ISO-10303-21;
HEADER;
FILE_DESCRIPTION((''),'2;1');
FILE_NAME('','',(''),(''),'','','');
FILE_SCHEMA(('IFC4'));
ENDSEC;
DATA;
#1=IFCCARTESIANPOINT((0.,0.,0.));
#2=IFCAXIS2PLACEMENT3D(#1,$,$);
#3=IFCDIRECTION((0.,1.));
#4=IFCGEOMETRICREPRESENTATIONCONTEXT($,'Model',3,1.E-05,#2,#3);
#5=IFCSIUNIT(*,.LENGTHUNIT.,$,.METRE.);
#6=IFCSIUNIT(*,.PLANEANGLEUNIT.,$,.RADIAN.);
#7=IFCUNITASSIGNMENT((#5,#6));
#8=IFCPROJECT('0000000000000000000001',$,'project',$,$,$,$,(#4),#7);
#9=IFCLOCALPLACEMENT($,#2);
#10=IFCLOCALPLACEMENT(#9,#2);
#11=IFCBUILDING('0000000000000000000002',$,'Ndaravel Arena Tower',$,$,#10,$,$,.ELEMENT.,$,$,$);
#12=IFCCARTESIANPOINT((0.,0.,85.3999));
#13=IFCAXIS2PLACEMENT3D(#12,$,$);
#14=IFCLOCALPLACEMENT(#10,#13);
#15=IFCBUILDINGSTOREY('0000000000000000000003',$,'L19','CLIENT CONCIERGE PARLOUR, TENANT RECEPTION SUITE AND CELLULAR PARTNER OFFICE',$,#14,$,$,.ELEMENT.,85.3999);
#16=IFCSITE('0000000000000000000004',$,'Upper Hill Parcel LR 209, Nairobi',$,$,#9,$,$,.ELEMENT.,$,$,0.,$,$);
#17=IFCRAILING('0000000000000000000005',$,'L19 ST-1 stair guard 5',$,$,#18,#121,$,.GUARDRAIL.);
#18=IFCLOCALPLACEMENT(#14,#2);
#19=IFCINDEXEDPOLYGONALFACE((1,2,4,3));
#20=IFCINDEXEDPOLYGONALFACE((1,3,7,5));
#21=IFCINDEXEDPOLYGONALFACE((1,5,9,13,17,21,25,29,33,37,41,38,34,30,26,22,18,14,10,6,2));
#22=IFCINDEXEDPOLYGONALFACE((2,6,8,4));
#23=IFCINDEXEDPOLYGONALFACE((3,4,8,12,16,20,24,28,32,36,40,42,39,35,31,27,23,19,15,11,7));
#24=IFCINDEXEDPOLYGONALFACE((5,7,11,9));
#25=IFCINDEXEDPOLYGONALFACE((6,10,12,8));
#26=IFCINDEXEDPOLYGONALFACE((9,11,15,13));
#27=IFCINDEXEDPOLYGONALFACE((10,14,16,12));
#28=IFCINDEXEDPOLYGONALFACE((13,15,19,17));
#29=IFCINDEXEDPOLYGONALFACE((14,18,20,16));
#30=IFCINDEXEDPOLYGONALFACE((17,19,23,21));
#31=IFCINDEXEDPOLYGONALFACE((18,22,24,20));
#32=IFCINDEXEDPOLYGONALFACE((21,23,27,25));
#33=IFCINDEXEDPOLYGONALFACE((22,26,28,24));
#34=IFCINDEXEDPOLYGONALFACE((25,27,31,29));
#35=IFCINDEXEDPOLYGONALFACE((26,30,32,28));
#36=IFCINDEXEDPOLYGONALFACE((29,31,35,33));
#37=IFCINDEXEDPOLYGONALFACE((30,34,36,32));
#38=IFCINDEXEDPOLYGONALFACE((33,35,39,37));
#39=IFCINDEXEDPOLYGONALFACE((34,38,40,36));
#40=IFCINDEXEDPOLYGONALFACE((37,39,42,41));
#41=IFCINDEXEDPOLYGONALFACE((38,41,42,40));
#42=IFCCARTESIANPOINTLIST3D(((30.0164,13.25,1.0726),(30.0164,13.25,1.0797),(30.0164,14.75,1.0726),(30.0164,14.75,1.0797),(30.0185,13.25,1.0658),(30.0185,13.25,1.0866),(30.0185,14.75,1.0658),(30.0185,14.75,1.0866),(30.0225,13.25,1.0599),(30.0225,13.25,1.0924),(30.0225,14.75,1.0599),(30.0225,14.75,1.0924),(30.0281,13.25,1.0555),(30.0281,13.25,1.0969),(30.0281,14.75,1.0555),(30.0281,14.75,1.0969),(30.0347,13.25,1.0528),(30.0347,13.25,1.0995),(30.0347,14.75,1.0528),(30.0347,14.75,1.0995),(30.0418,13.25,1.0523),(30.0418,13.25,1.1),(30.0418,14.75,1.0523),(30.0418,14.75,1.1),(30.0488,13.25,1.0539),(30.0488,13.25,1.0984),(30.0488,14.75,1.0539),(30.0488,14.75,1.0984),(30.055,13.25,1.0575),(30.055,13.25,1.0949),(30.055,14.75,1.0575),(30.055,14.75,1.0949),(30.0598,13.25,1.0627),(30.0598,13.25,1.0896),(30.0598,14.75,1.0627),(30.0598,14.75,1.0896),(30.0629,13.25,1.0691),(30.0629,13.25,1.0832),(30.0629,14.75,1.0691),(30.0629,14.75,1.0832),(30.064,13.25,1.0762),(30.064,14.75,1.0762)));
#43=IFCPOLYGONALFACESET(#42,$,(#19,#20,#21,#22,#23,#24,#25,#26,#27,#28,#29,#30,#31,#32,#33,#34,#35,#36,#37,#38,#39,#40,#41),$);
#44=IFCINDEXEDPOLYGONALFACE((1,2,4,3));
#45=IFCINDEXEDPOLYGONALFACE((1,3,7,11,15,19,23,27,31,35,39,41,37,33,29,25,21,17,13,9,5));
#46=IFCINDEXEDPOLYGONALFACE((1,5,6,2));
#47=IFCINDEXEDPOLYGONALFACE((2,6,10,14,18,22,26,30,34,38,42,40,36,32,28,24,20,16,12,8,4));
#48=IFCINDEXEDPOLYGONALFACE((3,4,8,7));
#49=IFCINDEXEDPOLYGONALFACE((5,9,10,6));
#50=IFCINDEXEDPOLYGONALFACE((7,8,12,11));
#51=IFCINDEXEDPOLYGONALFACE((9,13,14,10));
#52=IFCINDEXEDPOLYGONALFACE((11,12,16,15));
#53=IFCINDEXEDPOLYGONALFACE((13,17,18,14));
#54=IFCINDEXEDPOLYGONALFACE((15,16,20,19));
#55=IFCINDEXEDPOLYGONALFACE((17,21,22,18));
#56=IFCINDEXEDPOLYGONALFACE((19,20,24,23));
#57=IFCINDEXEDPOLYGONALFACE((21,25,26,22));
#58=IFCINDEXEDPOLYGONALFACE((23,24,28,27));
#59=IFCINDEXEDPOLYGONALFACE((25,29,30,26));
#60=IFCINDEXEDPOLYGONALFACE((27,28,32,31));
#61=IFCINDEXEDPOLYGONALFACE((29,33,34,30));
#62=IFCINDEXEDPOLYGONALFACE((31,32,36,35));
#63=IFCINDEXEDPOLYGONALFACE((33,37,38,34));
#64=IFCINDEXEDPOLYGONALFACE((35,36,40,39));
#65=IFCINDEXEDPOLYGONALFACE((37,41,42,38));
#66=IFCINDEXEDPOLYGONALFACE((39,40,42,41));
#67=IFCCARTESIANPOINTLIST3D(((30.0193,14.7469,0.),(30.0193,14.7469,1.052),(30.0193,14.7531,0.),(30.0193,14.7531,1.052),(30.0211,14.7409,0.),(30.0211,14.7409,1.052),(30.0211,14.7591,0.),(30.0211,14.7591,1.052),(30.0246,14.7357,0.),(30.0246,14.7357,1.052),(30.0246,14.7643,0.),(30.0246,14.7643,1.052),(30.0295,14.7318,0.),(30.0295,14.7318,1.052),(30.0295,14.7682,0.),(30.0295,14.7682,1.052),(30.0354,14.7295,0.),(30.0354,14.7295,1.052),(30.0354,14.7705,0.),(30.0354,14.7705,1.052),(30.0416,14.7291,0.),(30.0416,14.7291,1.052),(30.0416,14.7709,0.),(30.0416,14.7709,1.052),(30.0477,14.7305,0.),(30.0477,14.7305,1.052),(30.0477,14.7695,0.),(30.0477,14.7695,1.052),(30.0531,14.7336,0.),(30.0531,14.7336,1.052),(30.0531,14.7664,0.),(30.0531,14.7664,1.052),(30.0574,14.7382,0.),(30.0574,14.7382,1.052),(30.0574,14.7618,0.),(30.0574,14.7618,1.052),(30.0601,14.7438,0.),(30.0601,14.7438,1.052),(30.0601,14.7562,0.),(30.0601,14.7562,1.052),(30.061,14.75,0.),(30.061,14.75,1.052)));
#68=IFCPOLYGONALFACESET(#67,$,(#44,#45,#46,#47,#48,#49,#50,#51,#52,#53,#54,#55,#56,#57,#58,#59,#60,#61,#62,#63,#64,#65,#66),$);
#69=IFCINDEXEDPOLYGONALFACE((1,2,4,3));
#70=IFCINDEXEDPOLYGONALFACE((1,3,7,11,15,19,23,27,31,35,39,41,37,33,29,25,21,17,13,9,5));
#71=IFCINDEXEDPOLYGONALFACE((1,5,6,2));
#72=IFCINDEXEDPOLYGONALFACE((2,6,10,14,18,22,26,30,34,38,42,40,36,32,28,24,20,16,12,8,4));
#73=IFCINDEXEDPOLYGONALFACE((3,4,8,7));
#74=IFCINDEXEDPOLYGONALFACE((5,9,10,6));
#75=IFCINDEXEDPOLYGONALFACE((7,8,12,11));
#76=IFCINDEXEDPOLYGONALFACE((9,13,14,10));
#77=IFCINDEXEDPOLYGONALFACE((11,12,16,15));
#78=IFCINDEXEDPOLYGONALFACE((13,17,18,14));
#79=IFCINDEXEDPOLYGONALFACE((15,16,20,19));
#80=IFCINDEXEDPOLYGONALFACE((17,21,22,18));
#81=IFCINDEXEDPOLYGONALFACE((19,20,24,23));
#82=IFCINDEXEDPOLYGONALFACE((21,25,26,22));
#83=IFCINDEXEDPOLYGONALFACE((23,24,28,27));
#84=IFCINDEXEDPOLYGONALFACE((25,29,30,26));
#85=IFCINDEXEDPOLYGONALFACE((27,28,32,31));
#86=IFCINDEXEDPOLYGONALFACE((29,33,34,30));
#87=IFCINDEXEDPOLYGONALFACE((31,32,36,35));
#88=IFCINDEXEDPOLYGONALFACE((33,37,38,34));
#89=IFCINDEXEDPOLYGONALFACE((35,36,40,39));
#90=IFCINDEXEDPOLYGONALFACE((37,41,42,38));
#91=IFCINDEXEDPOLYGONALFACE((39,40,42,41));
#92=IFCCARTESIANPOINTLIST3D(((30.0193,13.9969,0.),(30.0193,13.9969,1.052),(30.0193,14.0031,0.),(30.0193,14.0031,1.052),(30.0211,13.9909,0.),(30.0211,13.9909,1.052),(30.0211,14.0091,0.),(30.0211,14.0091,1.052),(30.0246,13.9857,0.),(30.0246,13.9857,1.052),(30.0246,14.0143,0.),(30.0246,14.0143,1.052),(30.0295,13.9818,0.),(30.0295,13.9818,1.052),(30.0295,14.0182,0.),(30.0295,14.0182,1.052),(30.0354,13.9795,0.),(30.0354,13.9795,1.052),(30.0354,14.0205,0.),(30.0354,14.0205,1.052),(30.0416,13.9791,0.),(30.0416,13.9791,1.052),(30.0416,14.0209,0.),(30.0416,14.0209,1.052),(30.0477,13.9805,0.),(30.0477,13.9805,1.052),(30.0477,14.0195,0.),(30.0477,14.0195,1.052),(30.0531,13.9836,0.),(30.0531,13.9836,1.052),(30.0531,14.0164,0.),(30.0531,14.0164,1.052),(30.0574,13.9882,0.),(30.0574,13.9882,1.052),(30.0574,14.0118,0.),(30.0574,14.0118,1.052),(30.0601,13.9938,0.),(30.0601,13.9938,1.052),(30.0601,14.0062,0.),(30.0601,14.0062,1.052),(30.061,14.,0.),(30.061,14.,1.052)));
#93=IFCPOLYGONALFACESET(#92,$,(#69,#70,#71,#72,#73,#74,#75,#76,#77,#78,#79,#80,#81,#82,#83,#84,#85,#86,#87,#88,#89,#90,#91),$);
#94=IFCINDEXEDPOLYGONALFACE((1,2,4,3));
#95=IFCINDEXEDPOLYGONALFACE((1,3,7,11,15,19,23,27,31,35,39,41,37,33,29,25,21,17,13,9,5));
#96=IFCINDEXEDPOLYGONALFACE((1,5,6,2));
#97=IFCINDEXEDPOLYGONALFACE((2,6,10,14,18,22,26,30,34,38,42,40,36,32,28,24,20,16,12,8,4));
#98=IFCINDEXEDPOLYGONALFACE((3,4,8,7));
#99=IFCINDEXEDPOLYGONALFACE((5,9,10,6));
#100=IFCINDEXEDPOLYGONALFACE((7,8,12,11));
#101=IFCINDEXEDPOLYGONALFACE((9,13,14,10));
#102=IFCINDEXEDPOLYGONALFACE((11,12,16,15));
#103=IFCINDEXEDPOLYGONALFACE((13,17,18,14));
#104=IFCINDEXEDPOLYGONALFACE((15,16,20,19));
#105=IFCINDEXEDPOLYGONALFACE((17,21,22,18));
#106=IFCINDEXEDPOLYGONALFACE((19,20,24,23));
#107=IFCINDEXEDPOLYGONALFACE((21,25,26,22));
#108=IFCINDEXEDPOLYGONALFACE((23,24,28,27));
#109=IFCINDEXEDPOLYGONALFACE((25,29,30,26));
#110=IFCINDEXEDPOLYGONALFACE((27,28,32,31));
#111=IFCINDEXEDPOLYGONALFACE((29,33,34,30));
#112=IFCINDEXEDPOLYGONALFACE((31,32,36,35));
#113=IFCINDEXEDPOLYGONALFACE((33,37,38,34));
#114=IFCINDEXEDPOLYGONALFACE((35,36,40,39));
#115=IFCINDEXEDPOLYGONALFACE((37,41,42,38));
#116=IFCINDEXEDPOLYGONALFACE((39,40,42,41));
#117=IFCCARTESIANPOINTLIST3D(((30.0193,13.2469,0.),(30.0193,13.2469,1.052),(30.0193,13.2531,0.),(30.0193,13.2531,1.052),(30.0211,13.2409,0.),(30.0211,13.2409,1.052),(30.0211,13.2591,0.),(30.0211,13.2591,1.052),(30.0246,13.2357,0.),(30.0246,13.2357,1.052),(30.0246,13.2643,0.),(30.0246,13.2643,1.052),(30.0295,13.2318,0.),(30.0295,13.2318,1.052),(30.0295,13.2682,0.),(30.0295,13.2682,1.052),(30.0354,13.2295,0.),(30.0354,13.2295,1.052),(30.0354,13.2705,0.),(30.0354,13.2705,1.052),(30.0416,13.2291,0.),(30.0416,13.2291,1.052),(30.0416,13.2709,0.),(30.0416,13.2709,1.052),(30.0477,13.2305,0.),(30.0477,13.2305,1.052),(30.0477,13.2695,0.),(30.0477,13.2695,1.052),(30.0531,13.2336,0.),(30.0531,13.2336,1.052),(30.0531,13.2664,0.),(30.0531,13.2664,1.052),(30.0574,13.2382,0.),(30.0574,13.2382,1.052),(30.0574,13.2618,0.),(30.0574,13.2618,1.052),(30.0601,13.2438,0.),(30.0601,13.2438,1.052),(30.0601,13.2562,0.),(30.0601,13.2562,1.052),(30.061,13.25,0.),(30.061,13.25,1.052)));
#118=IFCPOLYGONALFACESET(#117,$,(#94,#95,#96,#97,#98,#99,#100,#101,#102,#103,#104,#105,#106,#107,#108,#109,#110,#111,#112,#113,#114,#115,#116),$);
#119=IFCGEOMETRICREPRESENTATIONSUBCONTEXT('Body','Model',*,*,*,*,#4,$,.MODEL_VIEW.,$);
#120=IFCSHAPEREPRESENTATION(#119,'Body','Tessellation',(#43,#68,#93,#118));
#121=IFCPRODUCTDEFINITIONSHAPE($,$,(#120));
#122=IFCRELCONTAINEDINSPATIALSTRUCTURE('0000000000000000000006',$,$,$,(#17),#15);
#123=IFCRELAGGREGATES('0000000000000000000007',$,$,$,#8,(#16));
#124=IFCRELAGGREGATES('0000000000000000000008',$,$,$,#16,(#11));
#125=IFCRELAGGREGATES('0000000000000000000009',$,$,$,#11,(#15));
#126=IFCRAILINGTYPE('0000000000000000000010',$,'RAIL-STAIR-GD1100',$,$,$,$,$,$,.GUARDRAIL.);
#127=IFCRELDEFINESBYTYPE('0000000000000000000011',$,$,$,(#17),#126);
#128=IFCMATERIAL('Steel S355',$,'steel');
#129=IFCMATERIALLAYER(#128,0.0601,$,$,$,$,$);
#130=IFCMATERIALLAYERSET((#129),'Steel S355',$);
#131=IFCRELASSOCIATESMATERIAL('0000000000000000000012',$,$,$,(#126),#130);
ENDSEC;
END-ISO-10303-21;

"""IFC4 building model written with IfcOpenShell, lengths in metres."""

from ifc_helpers import new_model, si_unit, direction, frame, origin, origin_2d, place, context, subcontext, project, spatial, circle, extrude, material, layer, layer_set, type_object, element, save


model = new_model("IFC4")

# Units and contexts
model_context = context("Model", 3, precision=1e-05, world=origin(), true_north=direction((0.0, 1.0)))
body_context = subcontext(model_context, "Body", "Model", "MODEL_VIEW")
ifc_project = project(units=[si_unit("LENGTHUNIT", "METRE"), si_unit("PLANEANGLEUNIT", "RADIAN")], contexts=[model_context])

# Site, building, storey
site_placement = place(None, origin())
site = spatial("IfcSite", under=ifc_project, at=site_placement, Name="Upper Hill Parcel LR 209, Nairobi", CompositionType="ELEMENT", RefElevation=0.0)
building_placement = place(site_placement, origin())
building = spatial("IfcBuilding", under=site, at=building_placement, Name="Ndaravel Arena Tower", CompositionType="ELEMENT")
storey_placement = place(building_placement, frame((0.0, 0.0, 85.3999)))
storey = spatial("IfcBuildingStorey", under=building, at=storey_placement, Name="L19", Description="CLIENT CONCIERGE PARLOUR, TENANT RECEPTION SUITE AND CELLULAR PARTNER OFFICE", CompositionType="ELEMENT", Elevation=85.3999)

# Railing
ifc_material_1 = material(Name="Steel S355", Category="steel")
ifc_layer_1 = layer(ifc_material_1, 0.0601)
ifc_layer_set_1 = layer_set([ifc_layer_1], Name="Steel S355")
railing_type = type_object("IfcRailingType", Name="RAIL-STAIR-GD1100", PredefinedType="GUARDRAIL", material=ifc_layer_set_1)
railing_placement = place(storey_placement, frame((30.04, 14.75, 0.0)))
element("IfcRailing", 1, at=railing_placement, inside=storey, type_object=railing_type, Name="L19 ST-1 stair guard 5", PredefinedType="GUARDRAIL", context=body_context, shape_type="SweptSolid", body=[
    extrude(circle(Radius=0.0239, at=origin_2d()), frame((0.0, 0.0, 1.0762), z_axis=(0.0, -1.0, 0.0), x_axis=(1.0, 0.0, 0.0)), (0.0, 0.0, 1.0), 1.5),
    extrude(circle(Radius=0.021, at=origin_2d()), origin(), (0.0, 0.0, 1.0), 1.052),
    extrude(circle(Radius=0.021, at=origin_2d()), frame((0.0, -0.75, 0.0)), (0.0, 0.0, 1.0), 1.052),
    extrude(circle(Radius=0.021, at=origin_2d()), frame((0.0, -1.5, 0.0)), (0.0, 0.0, 1.0), 1.052),
])

save(model, "model.ifc")
